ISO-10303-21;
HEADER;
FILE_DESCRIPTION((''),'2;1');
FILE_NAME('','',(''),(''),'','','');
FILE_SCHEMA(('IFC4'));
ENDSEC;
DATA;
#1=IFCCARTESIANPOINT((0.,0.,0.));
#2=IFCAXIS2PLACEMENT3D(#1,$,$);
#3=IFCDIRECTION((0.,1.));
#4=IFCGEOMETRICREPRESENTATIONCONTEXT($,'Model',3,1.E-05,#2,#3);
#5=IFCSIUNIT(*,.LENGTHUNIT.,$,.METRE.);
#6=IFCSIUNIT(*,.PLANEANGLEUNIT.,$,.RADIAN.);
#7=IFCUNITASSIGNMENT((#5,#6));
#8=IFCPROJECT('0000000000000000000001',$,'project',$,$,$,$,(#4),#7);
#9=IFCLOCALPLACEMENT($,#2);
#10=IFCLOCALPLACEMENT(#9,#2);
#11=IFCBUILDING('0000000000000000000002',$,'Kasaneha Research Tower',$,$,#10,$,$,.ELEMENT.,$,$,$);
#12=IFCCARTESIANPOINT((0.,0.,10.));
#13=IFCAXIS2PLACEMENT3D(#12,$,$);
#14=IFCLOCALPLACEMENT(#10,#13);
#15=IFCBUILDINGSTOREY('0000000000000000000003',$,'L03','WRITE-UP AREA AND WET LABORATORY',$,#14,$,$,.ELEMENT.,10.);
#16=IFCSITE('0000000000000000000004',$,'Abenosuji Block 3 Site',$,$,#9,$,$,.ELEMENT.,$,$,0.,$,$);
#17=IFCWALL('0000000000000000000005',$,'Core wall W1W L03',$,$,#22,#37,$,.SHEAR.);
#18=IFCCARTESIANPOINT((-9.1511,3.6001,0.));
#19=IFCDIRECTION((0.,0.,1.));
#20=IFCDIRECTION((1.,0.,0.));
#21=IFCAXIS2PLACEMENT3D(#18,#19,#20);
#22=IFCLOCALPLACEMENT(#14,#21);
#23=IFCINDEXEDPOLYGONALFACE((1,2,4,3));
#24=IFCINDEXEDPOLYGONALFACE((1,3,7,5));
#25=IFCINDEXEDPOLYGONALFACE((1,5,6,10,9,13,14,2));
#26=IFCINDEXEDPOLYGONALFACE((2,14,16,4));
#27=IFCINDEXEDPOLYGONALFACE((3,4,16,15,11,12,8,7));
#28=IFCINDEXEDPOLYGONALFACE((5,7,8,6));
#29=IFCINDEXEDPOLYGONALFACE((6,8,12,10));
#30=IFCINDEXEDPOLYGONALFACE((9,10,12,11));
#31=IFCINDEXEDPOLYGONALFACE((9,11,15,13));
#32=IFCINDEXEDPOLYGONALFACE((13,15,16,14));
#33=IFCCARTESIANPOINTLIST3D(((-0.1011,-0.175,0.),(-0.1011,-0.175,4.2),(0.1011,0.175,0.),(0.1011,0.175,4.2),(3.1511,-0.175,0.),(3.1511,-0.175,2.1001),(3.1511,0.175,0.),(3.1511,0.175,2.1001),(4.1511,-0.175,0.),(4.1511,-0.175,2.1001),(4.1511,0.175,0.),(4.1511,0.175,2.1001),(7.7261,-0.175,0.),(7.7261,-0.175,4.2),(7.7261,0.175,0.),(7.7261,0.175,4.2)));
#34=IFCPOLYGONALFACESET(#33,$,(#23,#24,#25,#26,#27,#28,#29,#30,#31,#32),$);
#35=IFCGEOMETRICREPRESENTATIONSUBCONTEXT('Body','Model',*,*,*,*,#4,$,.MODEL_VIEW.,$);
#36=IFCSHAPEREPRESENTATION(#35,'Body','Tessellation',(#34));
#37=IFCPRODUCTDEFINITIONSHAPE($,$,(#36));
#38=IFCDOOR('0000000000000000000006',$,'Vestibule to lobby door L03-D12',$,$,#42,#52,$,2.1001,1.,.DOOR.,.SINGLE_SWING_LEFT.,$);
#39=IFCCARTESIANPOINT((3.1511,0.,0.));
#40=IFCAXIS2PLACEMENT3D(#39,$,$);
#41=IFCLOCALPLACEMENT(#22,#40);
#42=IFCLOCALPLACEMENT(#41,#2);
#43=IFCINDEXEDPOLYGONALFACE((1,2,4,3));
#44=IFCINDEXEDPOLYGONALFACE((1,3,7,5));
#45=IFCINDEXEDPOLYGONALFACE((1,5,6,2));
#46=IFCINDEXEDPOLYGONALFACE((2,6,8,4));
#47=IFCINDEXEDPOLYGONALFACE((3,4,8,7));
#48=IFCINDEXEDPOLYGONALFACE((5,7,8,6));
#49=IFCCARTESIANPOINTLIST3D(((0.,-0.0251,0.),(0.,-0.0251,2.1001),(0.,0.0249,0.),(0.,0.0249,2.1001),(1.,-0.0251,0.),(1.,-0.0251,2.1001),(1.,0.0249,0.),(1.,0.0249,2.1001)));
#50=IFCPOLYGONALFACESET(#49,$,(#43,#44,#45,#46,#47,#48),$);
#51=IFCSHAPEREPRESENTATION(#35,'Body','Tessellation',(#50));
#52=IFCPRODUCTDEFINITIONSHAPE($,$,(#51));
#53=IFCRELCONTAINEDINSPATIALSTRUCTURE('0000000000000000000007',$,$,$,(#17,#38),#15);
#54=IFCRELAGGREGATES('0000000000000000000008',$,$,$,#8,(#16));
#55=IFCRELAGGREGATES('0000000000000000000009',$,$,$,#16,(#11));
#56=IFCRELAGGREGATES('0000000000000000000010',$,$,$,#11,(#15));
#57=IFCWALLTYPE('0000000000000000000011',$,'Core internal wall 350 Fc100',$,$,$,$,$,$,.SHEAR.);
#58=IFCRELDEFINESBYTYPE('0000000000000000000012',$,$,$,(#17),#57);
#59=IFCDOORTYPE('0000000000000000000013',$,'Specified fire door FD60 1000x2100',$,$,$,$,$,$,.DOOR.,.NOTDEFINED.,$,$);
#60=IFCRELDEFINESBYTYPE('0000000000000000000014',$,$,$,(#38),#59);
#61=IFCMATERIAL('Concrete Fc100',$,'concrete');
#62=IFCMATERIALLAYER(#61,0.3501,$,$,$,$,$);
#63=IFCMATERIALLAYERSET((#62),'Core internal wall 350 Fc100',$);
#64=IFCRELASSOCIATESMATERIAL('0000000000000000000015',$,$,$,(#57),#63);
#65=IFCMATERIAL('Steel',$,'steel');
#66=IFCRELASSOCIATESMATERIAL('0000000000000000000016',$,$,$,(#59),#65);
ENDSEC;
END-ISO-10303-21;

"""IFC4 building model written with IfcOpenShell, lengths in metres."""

from ifc_helpers import new_model, si_unit, direction, frame, frame_2d, origin, place, context, subcontext, project, spatial, polyline, rectangle, outline, extrude, material, layer, layer_set, type_object, element, fill, save


model = new_model("IFC4")

# Units and contexts
model_context = context("Model", 3, precision=1e-05, world=origin(), true_north=direction((0.0, 1.0)))
body_context = subcontext(model_context, "Body", "Model", "MODEL_VIEW")
ifc_project = project(units=[si_unit("LENGTHUNIT", "METRE"), si_unit("PLANEANGLEUNIT", "RADIAN")], contexts=[model_context])

# Site, building, storey
site_placement = place(None, origin())
site = spatial("IfcSite", under=ifc_project, at=site_placement, Name="Abenosuji Block 3 Site", CompositionType="ELEMENT", RefElevation=0.0)
building_placement = place(site_placement, origin())
building = spatial("IfcBuilding", under=site, at=building_placement, Name="Kasaneha Research Tower", CompositionType="ELEMENT")
storey_placement = place(building_placement, frame((0.0, 0.0, 10.0)))
storey = spatial("IfcBuildingStorey", under=building, at=storey_placement, Name="L03", Description="WRITE-UP AREA AND WET LABORATORY", CompositionType="ELEMENT", Elevation=10.0)

# Wall, opening, door
ifc_material_1 = material(Name="Concrete Fc100", Category="concrete")
ifc_layer_1 = layer(ifc_material_1, 0.3501)
ifc_layer_set_1 = layer_set([ifc_layer_1], Name="Core internal wall 350 Fc100")
wall_type_1 = type_object("IfcWallType", Name="Core internal wall 350 Fc100", PredefinedType="SHEAR", material=ifc_layer_set_1)
wall_1_placement = place(storey_placement, frame((-9.1511, 3.6001, 0.0), z_axis=(0.0, 0.0, 1.0), x_axis=(1.0, 0.0, 0.0)))
wall_1 = element("IfcWall", 1, at=wall_1_placement, inside=storey, type_object=wall_type_1, Name="Core wall W1W L03", PredefinedType="SHEAR", context=body_context, shape_type="SweptSolid", body=[
    extrude(outline(polyline([(-0.1011, -0.175), (3.1511, -0.175), (4.1511, -0.175), (7.7261, -0.175), (7.7261, 0.175), (4.1511, 0.175), (3.1511, 0.175), (0.1011, 0.175), (-0.1011, -0.175)])), origin(), (0.0, 0.0, 1.0), 4.2),
])
opening_1_placement = place(wall_1_placement, frame((3.1511, 0.0, 0.0)))
opening_1 = element("IfcOpeningElement", 2, at=opening_1_placement, cuts=wall_1, PredefinedType="OPENING", context=body_context, shape_type="SweptSolid", body=[
    extrude(rectangle(XDim=1.0, YDim=2.1001, at=frame_2d((0.5, 1.05))), frame((0.0, 0.1851, 0.0), z_axis=(0.0, -1.0, 0.0), x_axis=(1.0, 0.0, 0.0)), (0.0, 0.0, 1.0), 0.3701),
])
ifc_material_2 = material(Name="Steel", Category="steel")
door_type_1 = type_object("IfcDoorType", Name="Specified fire door FD60 1000x2100", OperationType="NOTDEFINED", PredefinedType="DOOR", material=ifc_material_2)
door_1_placement = place(opening_1_placement, origin())
door_1 = element("IfcDoor", 3, at=door_1_placement, inside=storey, type_object=door_type_1, Name="Vestibule to lobby door L03-D12", OperationType="SINGLE_SWING_LEFT", OverallHeight=2.1001, OverallWidth=1.0, PredefinedType="DOOR", context=body_context, shape_type="SweptSolid", body=[
    extrude(rectangle(XDim=1.0, YDim=2.1001, at=frame_2d((0.5, 1.05))), frame((0.0, 0.0249, 0.0), z_axis=(0.0, -1.0, 0.0), x_axis=(1.0, 0.0, 0.0)), (0.0, 0.0, 1.0), 0.05),
])
fill(opening_1, door_1)

save(model, "model.ifc")
